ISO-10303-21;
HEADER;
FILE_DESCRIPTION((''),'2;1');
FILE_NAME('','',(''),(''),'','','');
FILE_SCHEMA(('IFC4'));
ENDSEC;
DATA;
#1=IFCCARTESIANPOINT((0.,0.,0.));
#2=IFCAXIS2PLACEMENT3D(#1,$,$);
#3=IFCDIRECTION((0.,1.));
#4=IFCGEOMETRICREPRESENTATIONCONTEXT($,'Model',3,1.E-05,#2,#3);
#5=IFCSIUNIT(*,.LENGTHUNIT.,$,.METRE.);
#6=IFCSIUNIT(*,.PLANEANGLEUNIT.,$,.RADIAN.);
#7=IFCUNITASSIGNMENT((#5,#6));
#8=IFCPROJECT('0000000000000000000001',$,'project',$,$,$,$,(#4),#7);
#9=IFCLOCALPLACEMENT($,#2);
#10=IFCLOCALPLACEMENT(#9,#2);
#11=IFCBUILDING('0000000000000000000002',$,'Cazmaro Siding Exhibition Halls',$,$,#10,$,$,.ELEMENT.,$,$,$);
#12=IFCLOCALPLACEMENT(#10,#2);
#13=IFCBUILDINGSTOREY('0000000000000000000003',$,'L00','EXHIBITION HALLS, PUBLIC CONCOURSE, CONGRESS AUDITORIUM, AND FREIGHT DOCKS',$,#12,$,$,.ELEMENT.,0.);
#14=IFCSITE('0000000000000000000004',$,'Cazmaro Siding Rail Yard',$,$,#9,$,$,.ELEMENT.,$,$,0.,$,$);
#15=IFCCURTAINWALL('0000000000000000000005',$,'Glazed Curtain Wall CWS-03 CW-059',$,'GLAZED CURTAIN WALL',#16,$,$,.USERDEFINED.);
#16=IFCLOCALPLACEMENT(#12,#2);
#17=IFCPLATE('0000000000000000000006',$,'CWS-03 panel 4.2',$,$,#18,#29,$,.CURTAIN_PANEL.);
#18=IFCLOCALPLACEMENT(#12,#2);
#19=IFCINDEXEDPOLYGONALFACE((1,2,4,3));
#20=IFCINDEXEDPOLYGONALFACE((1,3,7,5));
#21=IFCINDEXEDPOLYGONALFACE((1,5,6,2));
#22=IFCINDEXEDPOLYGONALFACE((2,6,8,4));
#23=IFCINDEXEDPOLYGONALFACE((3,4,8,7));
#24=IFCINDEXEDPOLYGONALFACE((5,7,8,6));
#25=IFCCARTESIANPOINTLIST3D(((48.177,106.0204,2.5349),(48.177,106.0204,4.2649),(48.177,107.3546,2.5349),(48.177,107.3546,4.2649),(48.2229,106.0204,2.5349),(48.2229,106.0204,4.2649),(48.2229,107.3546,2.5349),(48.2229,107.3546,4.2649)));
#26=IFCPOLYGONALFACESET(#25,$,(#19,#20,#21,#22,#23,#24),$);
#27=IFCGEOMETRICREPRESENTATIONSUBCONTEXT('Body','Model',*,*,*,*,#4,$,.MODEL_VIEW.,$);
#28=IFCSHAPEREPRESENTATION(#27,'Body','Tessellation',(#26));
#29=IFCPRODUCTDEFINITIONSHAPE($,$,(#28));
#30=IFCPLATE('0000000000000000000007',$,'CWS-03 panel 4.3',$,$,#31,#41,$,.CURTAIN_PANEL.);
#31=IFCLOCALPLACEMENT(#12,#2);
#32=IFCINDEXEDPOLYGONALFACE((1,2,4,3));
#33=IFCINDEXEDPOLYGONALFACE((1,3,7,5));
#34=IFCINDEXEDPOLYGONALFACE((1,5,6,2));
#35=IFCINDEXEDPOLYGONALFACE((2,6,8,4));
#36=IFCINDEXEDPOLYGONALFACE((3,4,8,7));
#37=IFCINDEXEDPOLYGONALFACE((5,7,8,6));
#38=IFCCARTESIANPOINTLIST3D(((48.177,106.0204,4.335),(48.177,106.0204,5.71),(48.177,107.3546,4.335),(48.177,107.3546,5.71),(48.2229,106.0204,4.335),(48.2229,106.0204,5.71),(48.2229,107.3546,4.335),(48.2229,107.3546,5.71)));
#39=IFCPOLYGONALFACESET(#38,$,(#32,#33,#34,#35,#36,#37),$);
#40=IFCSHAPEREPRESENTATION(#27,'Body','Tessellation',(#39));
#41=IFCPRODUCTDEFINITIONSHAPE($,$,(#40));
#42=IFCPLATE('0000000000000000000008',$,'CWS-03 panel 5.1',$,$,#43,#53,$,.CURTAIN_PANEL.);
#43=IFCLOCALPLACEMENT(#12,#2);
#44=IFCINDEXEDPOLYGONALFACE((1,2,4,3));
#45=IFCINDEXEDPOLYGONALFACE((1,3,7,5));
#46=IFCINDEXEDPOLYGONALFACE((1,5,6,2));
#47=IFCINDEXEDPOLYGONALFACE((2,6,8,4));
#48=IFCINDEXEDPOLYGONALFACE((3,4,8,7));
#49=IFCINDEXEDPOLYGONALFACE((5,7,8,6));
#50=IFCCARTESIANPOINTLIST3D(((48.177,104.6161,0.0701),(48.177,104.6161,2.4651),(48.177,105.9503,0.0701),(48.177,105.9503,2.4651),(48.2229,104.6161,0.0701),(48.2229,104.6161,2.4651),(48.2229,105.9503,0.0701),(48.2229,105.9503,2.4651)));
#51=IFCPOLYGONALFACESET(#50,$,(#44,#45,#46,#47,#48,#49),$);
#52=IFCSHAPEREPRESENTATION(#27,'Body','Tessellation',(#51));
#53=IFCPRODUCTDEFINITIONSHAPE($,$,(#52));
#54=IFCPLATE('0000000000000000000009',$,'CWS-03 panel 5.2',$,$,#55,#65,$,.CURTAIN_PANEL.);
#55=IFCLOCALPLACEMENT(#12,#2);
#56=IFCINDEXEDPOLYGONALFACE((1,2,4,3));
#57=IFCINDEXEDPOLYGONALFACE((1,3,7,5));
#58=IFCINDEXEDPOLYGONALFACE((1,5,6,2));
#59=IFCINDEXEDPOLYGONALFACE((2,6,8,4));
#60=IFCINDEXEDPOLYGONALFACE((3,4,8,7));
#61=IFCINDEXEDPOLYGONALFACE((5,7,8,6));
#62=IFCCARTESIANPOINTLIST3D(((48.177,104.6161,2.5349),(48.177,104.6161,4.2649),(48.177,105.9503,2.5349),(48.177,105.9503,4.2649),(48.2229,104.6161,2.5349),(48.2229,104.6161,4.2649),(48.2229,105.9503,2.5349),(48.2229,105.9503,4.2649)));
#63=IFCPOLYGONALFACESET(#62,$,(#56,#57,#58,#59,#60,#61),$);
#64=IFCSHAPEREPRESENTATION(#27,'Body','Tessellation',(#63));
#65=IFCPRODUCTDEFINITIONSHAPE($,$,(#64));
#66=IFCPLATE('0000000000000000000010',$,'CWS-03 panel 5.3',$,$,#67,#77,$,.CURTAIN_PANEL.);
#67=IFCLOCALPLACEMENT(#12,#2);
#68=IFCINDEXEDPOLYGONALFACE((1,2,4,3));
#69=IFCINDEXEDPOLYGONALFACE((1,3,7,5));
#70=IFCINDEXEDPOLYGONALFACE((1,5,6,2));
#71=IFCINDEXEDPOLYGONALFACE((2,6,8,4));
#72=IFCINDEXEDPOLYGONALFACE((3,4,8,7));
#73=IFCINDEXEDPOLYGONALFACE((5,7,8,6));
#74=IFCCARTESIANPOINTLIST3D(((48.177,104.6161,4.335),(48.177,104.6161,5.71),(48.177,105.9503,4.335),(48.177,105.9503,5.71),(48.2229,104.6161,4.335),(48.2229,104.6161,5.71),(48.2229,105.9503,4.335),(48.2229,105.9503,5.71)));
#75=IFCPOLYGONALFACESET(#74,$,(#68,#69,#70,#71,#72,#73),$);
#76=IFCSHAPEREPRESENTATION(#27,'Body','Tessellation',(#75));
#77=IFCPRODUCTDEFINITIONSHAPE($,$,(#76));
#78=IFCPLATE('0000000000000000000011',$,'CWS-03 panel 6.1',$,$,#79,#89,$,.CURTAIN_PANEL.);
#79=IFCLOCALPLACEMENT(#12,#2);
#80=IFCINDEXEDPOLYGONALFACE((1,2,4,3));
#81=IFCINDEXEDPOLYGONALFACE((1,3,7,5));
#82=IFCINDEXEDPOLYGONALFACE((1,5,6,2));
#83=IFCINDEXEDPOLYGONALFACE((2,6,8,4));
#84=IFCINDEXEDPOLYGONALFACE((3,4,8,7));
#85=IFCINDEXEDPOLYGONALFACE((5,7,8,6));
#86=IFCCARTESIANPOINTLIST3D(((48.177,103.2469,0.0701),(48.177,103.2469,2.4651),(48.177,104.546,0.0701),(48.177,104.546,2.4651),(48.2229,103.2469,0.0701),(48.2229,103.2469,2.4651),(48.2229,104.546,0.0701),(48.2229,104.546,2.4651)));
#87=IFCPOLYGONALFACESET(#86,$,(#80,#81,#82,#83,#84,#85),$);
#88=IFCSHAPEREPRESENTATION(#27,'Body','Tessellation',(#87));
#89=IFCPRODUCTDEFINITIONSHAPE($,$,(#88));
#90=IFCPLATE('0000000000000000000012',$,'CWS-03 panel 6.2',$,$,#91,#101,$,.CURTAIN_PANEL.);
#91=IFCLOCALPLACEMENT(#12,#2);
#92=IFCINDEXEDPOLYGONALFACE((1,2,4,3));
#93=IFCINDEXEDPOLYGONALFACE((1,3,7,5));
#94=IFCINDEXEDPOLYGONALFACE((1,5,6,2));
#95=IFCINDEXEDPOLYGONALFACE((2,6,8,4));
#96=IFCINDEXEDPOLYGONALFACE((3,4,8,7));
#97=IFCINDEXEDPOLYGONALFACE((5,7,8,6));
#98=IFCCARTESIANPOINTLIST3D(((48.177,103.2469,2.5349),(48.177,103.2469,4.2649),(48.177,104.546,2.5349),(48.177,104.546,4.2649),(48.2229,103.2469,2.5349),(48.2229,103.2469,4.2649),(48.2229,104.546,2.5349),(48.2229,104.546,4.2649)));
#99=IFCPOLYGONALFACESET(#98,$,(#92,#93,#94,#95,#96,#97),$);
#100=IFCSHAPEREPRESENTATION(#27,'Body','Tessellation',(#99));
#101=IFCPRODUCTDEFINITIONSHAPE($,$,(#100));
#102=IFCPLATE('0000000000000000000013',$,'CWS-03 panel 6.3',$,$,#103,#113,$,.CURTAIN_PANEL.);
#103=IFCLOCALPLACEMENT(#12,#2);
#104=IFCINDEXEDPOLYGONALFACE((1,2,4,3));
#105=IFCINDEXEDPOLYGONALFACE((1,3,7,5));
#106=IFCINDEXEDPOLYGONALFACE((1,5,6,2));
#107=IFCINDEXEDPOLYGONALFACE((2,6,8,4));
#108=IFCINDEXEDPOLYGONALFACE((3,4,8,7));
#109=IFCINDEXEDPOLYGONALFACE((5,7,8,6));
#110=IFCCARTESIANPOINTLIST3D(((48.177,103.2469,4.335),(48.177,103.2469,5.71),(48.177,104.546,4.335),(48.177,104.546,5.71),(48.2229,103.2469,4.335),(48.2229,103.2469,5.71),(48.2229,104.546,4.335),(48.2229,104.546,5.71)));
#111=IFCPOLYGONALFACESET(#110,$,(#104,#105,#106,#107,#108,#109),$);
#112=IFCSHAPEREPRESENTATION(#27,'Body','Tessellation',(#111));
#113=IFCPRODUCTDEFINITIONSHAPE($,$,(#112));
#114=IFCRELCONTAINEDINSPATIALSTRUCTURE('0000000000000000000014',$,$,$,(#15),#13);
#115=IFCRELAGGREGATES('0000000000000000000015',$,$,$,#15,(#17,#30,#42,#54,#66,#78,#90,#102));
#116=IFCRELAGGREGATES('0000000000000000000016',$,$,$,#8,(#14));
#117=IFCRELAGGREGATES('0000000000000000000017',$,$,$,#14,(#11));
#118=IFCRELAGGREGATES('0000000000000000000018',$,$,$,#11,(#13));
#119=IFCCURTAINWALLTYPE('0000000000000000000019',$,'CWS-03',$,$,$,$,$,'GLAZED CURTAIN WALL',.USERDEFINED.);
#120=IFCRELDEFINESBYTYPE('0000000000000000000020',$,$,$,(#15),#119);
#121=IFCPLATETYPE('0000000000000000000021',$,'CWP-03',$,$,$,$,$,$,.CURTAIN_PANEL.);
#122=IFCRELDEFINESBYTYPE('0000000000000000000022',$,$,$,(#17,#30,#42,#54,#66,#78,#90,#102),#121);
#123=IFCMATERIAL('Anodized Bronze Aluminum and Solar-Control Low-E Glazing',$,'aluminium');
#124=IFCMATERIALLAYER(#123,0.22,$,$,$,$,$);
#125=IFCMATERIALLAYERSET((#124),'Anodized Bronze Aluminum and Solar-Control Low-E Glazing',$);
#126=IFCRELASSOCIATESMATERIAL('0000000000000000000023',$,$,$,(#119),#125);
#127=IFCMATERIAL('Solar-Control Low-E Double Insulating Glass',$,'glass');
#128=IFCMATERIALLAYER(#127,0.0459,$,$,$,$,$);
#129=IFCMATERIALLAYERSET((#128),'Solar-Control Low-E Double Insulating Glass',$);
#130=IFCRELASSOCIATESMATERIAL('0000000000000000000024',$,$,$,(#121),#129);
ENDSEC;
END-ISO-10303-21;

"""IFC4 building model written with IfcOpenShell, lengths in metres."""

from ifc_helpers import new_model, si_unit, direction, frame, origin, origin_2d, place, context, subcontext, project, spatial, rectangle, extrude, material, layer, layer_set, type_object, element, aggregate, save


model = new_model("IFC4")

# Units and contexts
model_context = context("Model", 3, precision=1e-05, world=origin(), true_north=direction((0.0, 1.0)))
body_context = subcontext(model_context, "Body", "Model", "MODEL_VIEW")
ifc_project = project(units=[si_unit("LENGTHUNIT", "METRE"), si_unit("PLANEANGLEUNIT", "RADIAN")], contexts=[model_context])

# Site, building, storey
site_placement = place(None, origin())
site = spatial("IfcSite", under=ifc_project, at=site_placement, Name="Cazmaro Siding Rail Yard", CompositionType="ELEMENT", RefElevation=0.0)
building_placement = place(site_placement, origin())
building = spatial("IfcBuilding", under=site, at=building_placement, Name="Cazmaro Siding Exhibition Halls", CompositionType="ELEMENT")
storey_placement = place(building_placement, origin())
storey = spatial("IfcBuildingStorey", under=building, at=storey_placement, Name="L00", Description="EXHIBITION HALLS, PUBLIC CONCOURSE, CONGRESS AUDITORIUM, AND FREIGHT DOCKS", CompositionType="ELEMENT", Elevation=0.0)

# Shared definitions
ifc_material_1 = material(Name="Anodized Bronze Aluminum and Solar-Control Low-E Glazing", Category="aluminium")
ifc_layer_1 = layer(ifc_material_1, 0.22)
ifc_layer_set_1 = layer_set([ifc_layer_1], Name="Anodized Bronze Aluminum and Solar-Control Low-E Glazing")
curtain_wall_type = type_object("IfcCurtainWallType", Name="CWS-03", ElementType="GLAZED CURTAIN WALL", PredefinedType="USERDEFINED", material=ifc_layer_set_1)

# Curtain wall
curtain_wall_1_placement = place(storey_placement, origin())
curtain_wall_1 = element("IfcCurtainWall", 1, at=curtain_wall_1_placement, inside=storey, type_object=curtain_wall_type, Name="Glazed Curtain Wall CWS-03 CW-059", ObjectType="GLAZED CURTAIN WALL", PredefinedType="USERDEFINED")

# Plates
ifc_material_2 = material(Name="Solar-Control Low-E Double Insulating Glass", Category="glass")
ifc_layer_2 = layer(ifc_material_2, 0.0459)
ifc_layer_set_2 = layer_set([ifc_layer_2], Name="Solar-Control Low-E Double Insulating Glass")
plate_type = type_object("IfcPlateType", Name="CWP-03", PredefinedType="CURTAIN_PANEL", material=ifc_layer_set_2)
plate_1_placement = place(storey_placement, frame((48.2, 106.6875, 2.5349), z_axis=(0.0, 0.0, 1.0), x_axis=(0.0, -1.0, 0.0)))
plate_1 = element("IfcPlate", 2, at=plate_1_placement, type_object=plate_type, Name="CWS-03 panel 4.2", PredefinedType="CURTAIN_PANEL", context=body_context, shape_type="SweptSolid", body=[
    extrude(rectangle(XDim=1.3342, YDim=0.0459, at=origin_2d()), origin(), (0.0, 0.0, 1.0), 1.73),
])
plate_2_placement = place(storey_placement, frame((48.2, 106.6875, 4.335), z_axis=(0.0, 0.0, 1.0), x_axis=(0.0, -1.0, 0.0)))
plate_2 = element("IfcPlate", 3, at=plate_2_placement, type_object=plate_type, Name="CWS-03 panel 4.3", PredefinedType="CURTAIN_PANEL", context=body_context, shape_type="SweptSolid", body=[
    extrude(rectangle(XDim=1.3342, YDim=0.0459, at=origin_2d()), origin(), (0.0, 0.0, 1.0), 1.375),
])
plate_3_placement = place(storey_placement, frame((48.2, 105.2832, 0.0701), z_axis=(0.0, 0.0, 1.0), x_axis=(0.0, -1.0, 0.0)))
plate_3 = element("IfcPlate", 4, at=plate_3_placement, type_object=plate_type, Name="CWS-03 panel 5.1", PredefinedType="CURTAIN_PANEL", context=body_context, shape_type="SweptSolid", body=[
    extrude(rectangle(XDim=1.3342, YDim=0.0459, at=origin_2d()), origin(), (0.0, 0.0, 1.0), 2.395),
])
plate_4_placement = place(storey_placement, frame((48.2, 105.2832, 2.5349), z_axis=(0.0, 0.0, 1.0), x_axis=(0.0, -1.0, 0.0)))
plate_4 = element("IfcPlate", 5, at=plate_4_placement, type_object=plate_type, Name="CWS-03 panel 5.2", PredefinedType="CURTAIN_PANEL", context=body_context, shape_type="SweptSolid", body=[
    extrude(rectangle(XDim=1.3342, YDim=0.0459, at=origin_2d()), origin(), (0.0, 0.0, 1.0), 1.73),
])
plate_5_placement = place(storey_placement, frame((48.2, 105.2832, 4.335), z_axis=(0.0, 0.0, 1.0), x_axis=(0.0, -1.0, 0.0)))
plate_5 = element("IfcPlate", 6, at=plate_5_placement, type_object=plate_type, Name="CWS-03 panel 5.3", PredefinedType="CURTAIN_PANEL", context=body_context, shape_type="SweptSolid", body=[
    extrude(rectangle(XDim=1.3342, YDim=0.0459, at=origin_2d()), origin(), (0.0, 0.0, 1.0), 1.375),
])
plate_6_placement = place(storey_placement, frame((48.2, 103.8965, 0.0701), z_axis=(0.0, 0.0, 1.0), x_axis=(0.0, -1.0, 0.0)))
plate_6 = element("IfcPlate", 7, at=plate_6_placement, type_object=plate_type, Name="CWS-03 panel 6.1", PredefinedType="CURTAIN_PANEL", context=body_context, shape_type="SweptSolid", body=[
    extrude(rectangle(XDim=1.2991, YDim=0.0459, at=origin_2d()), origin(), (0.0, 0.0, 1.0), 2.395),
])
plate_7_placement = place(storey_placement, frame((48.2, 103.8965, 2.5349), z_axis=(0.0, 0.0, 1.0), x_axis=(0.0, -1.0, 0.0)))
plate_7 = element("IfcPlate", 8, at=plate_7_placement, type_object=plate_type, Name="CWS-03 panel 6.2", PredefinedType="CURTAIN_PANEL", context=body_context, shape_type="SweptSolid", body=[
    extrude(rectangle(XDim=1.2991, YDim=0.0459, at=origin_2d()), origin(), (0.0, 0.0, 1.0), 1.73),
])
plate_8_placement = place(storey_placement, frame((48.2, 103.8965, 4.335), z_axis=(0.0, 0.0, 1.0), x_axis=(0.0, -1.0, 0.0)))
plate_8 = element("IfcPlate", 9, at=plate_8_placement, type_object=plate_type, Name="CWS-03 panel 6.3", PredefinedType="CURTAIN_PANEL", context=body_context, shape_type="SweptSolid", body=[
    extrude(rectangle(XDim=1.2991, YDim=0.0459, at=origin_2d()), origin(), (0.0, 0.0, 1.0), 1.375),
])
aggregate(curtain_wall_1, [plate_1, plate_2, plate_3, plate_4, plate_5, plate_6, plate_7, plate_8])

save(model, "model.ifc")
